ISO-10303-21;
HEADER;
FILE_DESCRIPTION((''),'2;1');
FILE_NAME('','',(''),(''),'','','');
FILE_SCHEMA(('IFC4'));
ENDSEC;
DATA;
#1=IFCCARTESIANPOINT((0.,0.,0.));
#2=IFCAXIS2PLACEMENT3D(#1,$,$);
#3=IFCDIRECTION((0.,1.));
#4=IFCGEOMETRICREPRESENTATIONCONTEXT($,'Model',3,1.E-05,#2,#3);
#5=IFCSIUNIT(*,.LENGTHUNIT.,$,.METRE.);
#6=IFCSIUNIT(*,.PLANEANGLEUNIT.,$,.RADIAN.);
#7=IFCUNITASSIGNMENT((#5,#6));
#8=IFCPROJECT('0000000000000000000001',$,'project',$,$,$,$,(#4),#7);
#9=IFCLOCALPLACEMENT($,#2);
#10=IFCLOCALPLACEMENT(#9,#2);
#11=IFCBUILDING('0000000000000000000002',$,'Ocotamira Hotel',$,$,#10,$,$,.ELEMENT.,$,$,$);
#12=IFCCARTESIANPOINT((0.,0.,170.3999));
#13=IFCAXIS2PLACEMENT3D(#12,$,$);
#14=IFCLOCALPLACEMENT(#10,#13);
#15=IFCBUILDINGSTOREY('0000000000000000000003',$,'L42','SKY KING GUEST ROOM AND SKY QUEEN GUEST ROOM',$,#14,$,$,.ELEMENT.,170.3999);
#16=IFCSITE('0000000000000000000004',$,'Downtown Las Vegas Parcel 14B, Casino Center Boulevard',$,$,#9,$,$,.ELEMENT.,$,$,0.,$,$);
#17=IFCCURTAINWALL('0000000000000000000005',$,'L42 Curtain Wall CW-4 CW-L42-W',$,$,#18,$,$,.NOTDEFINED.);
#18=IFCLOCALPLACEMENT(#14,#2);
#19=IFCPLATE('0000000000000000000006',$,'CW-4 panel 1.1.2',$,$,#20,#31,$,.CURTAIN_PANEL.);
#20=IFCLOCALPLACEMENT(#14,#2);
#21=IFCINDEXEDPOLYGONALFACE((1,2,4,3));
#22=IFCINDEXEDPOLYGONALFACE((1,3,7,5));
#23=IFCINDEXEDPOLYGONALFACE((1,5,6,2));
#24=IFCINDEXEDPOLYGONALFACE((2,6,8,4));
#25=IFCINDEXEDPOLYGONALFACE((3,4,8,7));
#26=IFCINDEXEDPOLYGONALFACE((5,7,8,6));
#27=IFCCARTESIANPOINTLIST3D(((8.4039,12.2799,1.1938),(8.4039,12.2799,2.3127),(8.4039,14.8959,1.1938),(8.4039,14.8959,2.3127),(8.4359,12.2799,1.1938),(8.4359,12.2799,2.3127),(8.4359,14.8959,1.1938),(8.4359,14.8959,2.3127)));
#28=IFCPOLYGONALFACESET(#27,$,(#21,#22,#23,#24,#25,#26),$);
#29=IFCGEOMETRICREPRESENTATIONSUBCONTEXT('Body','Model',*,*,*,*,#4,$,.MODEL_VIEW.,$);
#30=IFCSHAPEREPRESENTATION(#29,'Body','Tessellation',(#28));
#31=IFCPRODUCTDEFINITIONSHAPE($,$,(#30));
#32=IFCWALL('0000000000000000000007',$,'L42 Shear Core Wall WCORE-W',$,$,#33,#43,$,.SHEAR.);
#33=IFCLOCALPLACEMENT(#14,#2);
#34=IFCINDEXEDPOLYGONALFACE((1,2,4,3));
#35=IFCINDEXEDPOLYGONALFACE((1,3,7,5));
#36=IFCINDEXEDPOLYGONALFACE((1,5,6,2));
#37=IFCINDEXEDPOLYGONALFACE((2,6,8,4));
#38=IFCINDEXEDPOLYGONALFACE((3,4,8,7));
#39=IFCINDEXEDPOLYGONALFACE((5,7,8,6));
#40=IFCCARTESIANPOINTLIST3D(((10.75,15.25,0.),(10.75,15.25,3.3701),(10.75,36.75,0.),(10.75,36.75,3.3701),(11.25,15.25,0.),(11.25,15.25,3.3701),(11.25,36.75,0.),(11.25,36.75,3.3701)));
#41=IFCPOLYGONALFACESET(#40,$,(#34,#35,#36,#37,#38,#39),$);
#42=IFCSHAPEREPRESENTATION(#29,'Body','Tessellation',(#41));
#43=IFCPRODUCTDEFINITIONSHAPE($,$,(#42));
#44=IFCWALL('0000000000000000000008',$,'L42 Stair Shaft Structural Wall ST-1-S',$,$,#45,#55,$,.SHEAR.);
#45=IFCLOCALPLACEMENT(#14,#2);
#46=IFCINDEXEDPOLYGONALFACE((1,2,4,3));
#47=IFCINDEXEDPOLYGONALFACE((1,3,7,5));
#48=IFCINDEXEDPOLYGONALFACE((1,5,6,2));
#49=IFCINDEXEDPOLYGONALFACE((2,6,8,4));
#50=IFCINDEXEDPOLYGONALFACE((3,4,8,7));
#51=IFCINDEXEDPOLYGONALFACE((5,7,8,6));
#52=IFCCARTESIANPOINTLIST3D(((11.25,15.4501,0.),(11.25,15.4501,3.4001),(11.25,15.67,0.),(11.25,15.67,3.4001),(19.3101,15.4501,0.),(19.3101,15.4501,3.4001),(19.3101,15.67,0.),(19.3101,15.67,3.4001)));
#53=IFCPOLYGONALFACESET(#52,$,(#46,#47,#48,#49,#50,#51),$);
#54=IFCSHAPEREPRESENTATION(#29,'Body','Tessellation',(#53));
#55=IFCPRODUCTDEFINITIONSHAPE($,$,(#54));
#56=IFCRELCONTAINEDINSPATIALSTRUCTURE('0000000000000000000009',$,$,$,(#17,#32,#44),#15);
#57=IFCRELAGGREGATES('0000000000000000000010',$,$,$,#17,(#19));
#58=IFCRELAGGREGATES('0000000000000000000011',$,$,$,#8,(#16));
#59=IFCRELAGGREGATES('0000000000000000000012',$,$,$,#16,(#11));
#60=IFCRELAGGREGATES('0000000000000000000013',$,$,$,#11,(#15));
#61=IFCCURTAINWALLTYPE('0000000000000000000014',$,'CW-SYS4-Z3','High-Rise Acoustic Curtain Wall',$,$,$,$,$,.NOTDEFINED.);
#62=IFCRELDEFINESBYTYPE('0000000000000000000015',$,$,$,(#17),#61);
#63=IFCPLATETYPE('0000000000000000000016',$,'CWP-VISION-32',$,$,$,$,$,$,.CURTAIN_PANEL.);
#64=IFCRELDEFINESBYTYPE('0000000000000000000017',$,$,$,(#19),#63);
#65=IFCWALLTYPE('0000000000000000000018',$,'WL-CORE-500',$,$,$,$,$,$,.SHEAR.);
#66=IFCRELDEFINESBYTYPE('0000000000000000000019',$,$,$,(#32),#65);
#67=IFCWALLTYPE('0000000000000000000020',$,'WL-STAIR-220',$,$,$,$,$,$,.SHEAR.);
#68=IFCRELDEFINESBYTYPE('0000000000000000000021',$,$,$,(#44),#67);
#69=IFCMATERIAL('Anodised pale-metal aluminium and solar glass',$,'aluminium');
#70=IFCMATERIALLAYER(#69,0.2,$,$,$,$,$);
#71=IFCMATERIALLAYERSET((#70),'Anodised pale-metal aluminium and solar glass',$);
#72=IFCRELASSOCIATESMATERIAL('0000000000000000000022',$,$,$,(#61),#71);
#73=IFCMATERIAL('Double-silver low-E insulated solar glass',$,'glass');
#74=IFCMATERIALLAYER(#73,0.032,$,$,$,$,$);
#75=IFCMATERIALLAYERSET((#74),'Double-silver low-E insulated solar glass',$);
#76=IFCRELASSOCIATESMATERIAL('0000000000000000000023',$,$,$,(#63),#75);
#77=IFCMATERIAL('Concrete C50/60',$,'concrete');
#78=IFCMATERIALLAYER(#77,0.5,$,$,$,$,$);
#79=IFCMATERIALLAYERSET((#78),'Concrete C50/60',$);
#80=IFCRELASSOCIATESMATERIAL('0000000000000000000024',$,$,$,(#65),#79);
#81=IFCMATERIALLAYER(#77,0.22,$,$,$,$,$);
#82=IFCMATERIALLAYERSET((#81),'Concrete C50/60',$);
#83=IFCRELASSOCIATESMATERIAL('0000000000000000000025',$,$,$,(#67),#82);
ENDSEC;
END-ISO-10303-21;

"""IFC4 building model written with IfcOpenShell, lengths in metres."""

from ifc_helpers import new_model, si_unit, direction, frame, frame_2d, origin, origin_2d, place, context, subcontext, project, spatial, rectangle, extrude, source, transform, mapped, material, layer, layer_set, type_object, element, aggregate, save


model = new_model("IFC4")

# Units and contexts
model_context = context("Model", 3, precision=1e-05, world=origin(), true_north=direction((0.0, 1.0)))
body_context = subcontext(model_context, "Body", "Model", "MODEL_VIEW")
ifc_project = project(units=[si_unit("LENGTHUNIT", "METRE"), si_unit("PLANEANGLEUNIT", "RADIAN")], contexts=[model_context])

# Site, building, storey
site_placement = place(None, origin())
site = spatial("IfcSite", under=ifc_project, at=site_placement, Name="Downtown Las Vegas Parcel 14B, Casino Center Boulevard", CompositionType="ELEMENT", RefElevation=0.0)
building_placement = place(site_placement, origin())
building = spatial("IfcBuilding", under=site, at=building_placement, Name="Ocotamira Hotel", CompositionType="ELEMENT")
storey_placement = place(building_placement, frame((0.0, 0.0, 170.3999)))
storey = spatial("IfcBuildingStorey", under=building, at=storey_placement, Name="L42", Description="SKY KING GUEST ROOM AND SKY QUEEN GUEST ROOM", CompositionType="ELEMENT", Elevation=170.3999)

# Curtain wall
ifc_material_1 = material(Name="Anodised pale-metal aluminium and solar glass", Category="aluminium")
ifc_layer_1 = layer(ifc_material_1, 0.2)
ifc_layer_set_1 = layer_set([ifc_layer_1], Name="Anodised pale-metal aluminium and solar glass")
curtain_wall_type = type_object("IfcCurtainWallType", Name="CW-SYS4-Z3", Description="High-Rise Acoustic Curtain Wall", PredefinedType="NOTDEFINED", material=ifc_layer_set_1)
curtain_wall_placement = place(storey_placement, origin())
curtain_wall = element("IfcCurtainWall", 1, at=curtain_wall_placement, inside=storey, type_object=curtain_wall_type, Name="L42 Curtain Wall CW-4 CW-L42-W", PredefinedType="NOTDEFINED")

# Plate
ifc_material_2 = material(Name="Double-silver low-E insulated solar glass", Category="glass")
ifc_layer_2 = layer(ifc_material_2, 0.032)
ifc_layer_set_2 = layer_set([ifc_layer_2], Name="Double-silver low-E insulated solar glass")
plate_type_1 = type_object("IfcPlateType", Name="CWP-VISION-32", PredefinedType="CURTAIN_PANEL", material=ifc_layer_set_2)
shared_shape_1 = source(origin(), body_context, "Body", "SweptSolid", [
    extrude(rectangle(XDim=2.616, YDim=0.032, at=origin_2d()), origin(), (0.0, 0.0, 1.0), 1.1189),
])
plate_1_placement = place(storey_placement, frame((8.4199, 13.5879, 1.1938), z_axis=(0.0, 0.0, 1.0), x_axis=(0.0, 1.0, 0.0)))
plate_1 = element("IfcPlate", 2, at=plate_1_placement, type_object=plate_type_1, Name="CW-4 panel 1.1.2", PredefinedType="CURTAIN_PANEL", context=body_context, shape_type="MappedRepresentation", body=[
    mapped(shared_shape_1, transform((0.0, 0.0, 0.0), scale=1.0)),
])
aggregate(curtain_wall, [plate_1])

# Shared definitions
ifc_material_3 = material(Name="Concrete C50/60", Category="concrete")
ifc_layer_3 = layer(ifc_material_3, 0.5)
ifc_layer_set_3 = layer_set([ifc_layer_3], Name="Concrete C50/60")
wall_type_1 = type_object("IfcWallType", Name="WL-CORE-500", PredefinedType="SHEAR", material=ifc_layer_set_3)

# Wall
wall_1_placement = place(storey_placement, frame((11.0, 15.25, 0.0), z_axis=(0.0, 0.0, 1.0), x_axis=(0.0, 1.0, 0.0)))
element("IfcWall", 3, at=wall_1_placement, inside=storey, type_object=wall_type_1, Name="L42 Shear Core Wall WCORE-W", PredefinedType="SHEAR", context=body_context, shape_type="SweptSolid", body=[
    extrude(rectangle(XDim=21.5, YDim=0.5, at=frame_2d((10.75, 0.0))), origin(), (0.0, 0.0, 1.0), 3.3701),
])

# Wall
ifc_layer_4 = layer(ifc_material_3, 0.22)
ifc_layer_set_4 = layer_set([ifc_layer_4], Name="Concrete C50/60")
wall_type_2 = type_object("IfcWallType", Name="WL-STAIR-220", PredefinedType="SHEAR", material=ifc_layer_set_4)
wall_2_placement = place(storey_placement, frame((11.25, 15.5601, 0.0), z_axis=(0.0, 0.0, 1.0), x_axis=(1.0, 0.0, 0.0)))
element("IfcWall", 4, at=wall_2_placement, inside=storey, type_object=wall_type_2, Name="L42 Stair Shaft Structural Wall ST-1-S", PredefinedType="SHEAR", context=body_context, shape_type="SweptSolid", body=[
    extrude(rectangle(XDim=8.0601, YDim=0.22, at=frame_2d((4.03, 0.0))), origin(), (0.0, 0.0, 1.0), 3.4001),
])

save(model, "model.ifc")
